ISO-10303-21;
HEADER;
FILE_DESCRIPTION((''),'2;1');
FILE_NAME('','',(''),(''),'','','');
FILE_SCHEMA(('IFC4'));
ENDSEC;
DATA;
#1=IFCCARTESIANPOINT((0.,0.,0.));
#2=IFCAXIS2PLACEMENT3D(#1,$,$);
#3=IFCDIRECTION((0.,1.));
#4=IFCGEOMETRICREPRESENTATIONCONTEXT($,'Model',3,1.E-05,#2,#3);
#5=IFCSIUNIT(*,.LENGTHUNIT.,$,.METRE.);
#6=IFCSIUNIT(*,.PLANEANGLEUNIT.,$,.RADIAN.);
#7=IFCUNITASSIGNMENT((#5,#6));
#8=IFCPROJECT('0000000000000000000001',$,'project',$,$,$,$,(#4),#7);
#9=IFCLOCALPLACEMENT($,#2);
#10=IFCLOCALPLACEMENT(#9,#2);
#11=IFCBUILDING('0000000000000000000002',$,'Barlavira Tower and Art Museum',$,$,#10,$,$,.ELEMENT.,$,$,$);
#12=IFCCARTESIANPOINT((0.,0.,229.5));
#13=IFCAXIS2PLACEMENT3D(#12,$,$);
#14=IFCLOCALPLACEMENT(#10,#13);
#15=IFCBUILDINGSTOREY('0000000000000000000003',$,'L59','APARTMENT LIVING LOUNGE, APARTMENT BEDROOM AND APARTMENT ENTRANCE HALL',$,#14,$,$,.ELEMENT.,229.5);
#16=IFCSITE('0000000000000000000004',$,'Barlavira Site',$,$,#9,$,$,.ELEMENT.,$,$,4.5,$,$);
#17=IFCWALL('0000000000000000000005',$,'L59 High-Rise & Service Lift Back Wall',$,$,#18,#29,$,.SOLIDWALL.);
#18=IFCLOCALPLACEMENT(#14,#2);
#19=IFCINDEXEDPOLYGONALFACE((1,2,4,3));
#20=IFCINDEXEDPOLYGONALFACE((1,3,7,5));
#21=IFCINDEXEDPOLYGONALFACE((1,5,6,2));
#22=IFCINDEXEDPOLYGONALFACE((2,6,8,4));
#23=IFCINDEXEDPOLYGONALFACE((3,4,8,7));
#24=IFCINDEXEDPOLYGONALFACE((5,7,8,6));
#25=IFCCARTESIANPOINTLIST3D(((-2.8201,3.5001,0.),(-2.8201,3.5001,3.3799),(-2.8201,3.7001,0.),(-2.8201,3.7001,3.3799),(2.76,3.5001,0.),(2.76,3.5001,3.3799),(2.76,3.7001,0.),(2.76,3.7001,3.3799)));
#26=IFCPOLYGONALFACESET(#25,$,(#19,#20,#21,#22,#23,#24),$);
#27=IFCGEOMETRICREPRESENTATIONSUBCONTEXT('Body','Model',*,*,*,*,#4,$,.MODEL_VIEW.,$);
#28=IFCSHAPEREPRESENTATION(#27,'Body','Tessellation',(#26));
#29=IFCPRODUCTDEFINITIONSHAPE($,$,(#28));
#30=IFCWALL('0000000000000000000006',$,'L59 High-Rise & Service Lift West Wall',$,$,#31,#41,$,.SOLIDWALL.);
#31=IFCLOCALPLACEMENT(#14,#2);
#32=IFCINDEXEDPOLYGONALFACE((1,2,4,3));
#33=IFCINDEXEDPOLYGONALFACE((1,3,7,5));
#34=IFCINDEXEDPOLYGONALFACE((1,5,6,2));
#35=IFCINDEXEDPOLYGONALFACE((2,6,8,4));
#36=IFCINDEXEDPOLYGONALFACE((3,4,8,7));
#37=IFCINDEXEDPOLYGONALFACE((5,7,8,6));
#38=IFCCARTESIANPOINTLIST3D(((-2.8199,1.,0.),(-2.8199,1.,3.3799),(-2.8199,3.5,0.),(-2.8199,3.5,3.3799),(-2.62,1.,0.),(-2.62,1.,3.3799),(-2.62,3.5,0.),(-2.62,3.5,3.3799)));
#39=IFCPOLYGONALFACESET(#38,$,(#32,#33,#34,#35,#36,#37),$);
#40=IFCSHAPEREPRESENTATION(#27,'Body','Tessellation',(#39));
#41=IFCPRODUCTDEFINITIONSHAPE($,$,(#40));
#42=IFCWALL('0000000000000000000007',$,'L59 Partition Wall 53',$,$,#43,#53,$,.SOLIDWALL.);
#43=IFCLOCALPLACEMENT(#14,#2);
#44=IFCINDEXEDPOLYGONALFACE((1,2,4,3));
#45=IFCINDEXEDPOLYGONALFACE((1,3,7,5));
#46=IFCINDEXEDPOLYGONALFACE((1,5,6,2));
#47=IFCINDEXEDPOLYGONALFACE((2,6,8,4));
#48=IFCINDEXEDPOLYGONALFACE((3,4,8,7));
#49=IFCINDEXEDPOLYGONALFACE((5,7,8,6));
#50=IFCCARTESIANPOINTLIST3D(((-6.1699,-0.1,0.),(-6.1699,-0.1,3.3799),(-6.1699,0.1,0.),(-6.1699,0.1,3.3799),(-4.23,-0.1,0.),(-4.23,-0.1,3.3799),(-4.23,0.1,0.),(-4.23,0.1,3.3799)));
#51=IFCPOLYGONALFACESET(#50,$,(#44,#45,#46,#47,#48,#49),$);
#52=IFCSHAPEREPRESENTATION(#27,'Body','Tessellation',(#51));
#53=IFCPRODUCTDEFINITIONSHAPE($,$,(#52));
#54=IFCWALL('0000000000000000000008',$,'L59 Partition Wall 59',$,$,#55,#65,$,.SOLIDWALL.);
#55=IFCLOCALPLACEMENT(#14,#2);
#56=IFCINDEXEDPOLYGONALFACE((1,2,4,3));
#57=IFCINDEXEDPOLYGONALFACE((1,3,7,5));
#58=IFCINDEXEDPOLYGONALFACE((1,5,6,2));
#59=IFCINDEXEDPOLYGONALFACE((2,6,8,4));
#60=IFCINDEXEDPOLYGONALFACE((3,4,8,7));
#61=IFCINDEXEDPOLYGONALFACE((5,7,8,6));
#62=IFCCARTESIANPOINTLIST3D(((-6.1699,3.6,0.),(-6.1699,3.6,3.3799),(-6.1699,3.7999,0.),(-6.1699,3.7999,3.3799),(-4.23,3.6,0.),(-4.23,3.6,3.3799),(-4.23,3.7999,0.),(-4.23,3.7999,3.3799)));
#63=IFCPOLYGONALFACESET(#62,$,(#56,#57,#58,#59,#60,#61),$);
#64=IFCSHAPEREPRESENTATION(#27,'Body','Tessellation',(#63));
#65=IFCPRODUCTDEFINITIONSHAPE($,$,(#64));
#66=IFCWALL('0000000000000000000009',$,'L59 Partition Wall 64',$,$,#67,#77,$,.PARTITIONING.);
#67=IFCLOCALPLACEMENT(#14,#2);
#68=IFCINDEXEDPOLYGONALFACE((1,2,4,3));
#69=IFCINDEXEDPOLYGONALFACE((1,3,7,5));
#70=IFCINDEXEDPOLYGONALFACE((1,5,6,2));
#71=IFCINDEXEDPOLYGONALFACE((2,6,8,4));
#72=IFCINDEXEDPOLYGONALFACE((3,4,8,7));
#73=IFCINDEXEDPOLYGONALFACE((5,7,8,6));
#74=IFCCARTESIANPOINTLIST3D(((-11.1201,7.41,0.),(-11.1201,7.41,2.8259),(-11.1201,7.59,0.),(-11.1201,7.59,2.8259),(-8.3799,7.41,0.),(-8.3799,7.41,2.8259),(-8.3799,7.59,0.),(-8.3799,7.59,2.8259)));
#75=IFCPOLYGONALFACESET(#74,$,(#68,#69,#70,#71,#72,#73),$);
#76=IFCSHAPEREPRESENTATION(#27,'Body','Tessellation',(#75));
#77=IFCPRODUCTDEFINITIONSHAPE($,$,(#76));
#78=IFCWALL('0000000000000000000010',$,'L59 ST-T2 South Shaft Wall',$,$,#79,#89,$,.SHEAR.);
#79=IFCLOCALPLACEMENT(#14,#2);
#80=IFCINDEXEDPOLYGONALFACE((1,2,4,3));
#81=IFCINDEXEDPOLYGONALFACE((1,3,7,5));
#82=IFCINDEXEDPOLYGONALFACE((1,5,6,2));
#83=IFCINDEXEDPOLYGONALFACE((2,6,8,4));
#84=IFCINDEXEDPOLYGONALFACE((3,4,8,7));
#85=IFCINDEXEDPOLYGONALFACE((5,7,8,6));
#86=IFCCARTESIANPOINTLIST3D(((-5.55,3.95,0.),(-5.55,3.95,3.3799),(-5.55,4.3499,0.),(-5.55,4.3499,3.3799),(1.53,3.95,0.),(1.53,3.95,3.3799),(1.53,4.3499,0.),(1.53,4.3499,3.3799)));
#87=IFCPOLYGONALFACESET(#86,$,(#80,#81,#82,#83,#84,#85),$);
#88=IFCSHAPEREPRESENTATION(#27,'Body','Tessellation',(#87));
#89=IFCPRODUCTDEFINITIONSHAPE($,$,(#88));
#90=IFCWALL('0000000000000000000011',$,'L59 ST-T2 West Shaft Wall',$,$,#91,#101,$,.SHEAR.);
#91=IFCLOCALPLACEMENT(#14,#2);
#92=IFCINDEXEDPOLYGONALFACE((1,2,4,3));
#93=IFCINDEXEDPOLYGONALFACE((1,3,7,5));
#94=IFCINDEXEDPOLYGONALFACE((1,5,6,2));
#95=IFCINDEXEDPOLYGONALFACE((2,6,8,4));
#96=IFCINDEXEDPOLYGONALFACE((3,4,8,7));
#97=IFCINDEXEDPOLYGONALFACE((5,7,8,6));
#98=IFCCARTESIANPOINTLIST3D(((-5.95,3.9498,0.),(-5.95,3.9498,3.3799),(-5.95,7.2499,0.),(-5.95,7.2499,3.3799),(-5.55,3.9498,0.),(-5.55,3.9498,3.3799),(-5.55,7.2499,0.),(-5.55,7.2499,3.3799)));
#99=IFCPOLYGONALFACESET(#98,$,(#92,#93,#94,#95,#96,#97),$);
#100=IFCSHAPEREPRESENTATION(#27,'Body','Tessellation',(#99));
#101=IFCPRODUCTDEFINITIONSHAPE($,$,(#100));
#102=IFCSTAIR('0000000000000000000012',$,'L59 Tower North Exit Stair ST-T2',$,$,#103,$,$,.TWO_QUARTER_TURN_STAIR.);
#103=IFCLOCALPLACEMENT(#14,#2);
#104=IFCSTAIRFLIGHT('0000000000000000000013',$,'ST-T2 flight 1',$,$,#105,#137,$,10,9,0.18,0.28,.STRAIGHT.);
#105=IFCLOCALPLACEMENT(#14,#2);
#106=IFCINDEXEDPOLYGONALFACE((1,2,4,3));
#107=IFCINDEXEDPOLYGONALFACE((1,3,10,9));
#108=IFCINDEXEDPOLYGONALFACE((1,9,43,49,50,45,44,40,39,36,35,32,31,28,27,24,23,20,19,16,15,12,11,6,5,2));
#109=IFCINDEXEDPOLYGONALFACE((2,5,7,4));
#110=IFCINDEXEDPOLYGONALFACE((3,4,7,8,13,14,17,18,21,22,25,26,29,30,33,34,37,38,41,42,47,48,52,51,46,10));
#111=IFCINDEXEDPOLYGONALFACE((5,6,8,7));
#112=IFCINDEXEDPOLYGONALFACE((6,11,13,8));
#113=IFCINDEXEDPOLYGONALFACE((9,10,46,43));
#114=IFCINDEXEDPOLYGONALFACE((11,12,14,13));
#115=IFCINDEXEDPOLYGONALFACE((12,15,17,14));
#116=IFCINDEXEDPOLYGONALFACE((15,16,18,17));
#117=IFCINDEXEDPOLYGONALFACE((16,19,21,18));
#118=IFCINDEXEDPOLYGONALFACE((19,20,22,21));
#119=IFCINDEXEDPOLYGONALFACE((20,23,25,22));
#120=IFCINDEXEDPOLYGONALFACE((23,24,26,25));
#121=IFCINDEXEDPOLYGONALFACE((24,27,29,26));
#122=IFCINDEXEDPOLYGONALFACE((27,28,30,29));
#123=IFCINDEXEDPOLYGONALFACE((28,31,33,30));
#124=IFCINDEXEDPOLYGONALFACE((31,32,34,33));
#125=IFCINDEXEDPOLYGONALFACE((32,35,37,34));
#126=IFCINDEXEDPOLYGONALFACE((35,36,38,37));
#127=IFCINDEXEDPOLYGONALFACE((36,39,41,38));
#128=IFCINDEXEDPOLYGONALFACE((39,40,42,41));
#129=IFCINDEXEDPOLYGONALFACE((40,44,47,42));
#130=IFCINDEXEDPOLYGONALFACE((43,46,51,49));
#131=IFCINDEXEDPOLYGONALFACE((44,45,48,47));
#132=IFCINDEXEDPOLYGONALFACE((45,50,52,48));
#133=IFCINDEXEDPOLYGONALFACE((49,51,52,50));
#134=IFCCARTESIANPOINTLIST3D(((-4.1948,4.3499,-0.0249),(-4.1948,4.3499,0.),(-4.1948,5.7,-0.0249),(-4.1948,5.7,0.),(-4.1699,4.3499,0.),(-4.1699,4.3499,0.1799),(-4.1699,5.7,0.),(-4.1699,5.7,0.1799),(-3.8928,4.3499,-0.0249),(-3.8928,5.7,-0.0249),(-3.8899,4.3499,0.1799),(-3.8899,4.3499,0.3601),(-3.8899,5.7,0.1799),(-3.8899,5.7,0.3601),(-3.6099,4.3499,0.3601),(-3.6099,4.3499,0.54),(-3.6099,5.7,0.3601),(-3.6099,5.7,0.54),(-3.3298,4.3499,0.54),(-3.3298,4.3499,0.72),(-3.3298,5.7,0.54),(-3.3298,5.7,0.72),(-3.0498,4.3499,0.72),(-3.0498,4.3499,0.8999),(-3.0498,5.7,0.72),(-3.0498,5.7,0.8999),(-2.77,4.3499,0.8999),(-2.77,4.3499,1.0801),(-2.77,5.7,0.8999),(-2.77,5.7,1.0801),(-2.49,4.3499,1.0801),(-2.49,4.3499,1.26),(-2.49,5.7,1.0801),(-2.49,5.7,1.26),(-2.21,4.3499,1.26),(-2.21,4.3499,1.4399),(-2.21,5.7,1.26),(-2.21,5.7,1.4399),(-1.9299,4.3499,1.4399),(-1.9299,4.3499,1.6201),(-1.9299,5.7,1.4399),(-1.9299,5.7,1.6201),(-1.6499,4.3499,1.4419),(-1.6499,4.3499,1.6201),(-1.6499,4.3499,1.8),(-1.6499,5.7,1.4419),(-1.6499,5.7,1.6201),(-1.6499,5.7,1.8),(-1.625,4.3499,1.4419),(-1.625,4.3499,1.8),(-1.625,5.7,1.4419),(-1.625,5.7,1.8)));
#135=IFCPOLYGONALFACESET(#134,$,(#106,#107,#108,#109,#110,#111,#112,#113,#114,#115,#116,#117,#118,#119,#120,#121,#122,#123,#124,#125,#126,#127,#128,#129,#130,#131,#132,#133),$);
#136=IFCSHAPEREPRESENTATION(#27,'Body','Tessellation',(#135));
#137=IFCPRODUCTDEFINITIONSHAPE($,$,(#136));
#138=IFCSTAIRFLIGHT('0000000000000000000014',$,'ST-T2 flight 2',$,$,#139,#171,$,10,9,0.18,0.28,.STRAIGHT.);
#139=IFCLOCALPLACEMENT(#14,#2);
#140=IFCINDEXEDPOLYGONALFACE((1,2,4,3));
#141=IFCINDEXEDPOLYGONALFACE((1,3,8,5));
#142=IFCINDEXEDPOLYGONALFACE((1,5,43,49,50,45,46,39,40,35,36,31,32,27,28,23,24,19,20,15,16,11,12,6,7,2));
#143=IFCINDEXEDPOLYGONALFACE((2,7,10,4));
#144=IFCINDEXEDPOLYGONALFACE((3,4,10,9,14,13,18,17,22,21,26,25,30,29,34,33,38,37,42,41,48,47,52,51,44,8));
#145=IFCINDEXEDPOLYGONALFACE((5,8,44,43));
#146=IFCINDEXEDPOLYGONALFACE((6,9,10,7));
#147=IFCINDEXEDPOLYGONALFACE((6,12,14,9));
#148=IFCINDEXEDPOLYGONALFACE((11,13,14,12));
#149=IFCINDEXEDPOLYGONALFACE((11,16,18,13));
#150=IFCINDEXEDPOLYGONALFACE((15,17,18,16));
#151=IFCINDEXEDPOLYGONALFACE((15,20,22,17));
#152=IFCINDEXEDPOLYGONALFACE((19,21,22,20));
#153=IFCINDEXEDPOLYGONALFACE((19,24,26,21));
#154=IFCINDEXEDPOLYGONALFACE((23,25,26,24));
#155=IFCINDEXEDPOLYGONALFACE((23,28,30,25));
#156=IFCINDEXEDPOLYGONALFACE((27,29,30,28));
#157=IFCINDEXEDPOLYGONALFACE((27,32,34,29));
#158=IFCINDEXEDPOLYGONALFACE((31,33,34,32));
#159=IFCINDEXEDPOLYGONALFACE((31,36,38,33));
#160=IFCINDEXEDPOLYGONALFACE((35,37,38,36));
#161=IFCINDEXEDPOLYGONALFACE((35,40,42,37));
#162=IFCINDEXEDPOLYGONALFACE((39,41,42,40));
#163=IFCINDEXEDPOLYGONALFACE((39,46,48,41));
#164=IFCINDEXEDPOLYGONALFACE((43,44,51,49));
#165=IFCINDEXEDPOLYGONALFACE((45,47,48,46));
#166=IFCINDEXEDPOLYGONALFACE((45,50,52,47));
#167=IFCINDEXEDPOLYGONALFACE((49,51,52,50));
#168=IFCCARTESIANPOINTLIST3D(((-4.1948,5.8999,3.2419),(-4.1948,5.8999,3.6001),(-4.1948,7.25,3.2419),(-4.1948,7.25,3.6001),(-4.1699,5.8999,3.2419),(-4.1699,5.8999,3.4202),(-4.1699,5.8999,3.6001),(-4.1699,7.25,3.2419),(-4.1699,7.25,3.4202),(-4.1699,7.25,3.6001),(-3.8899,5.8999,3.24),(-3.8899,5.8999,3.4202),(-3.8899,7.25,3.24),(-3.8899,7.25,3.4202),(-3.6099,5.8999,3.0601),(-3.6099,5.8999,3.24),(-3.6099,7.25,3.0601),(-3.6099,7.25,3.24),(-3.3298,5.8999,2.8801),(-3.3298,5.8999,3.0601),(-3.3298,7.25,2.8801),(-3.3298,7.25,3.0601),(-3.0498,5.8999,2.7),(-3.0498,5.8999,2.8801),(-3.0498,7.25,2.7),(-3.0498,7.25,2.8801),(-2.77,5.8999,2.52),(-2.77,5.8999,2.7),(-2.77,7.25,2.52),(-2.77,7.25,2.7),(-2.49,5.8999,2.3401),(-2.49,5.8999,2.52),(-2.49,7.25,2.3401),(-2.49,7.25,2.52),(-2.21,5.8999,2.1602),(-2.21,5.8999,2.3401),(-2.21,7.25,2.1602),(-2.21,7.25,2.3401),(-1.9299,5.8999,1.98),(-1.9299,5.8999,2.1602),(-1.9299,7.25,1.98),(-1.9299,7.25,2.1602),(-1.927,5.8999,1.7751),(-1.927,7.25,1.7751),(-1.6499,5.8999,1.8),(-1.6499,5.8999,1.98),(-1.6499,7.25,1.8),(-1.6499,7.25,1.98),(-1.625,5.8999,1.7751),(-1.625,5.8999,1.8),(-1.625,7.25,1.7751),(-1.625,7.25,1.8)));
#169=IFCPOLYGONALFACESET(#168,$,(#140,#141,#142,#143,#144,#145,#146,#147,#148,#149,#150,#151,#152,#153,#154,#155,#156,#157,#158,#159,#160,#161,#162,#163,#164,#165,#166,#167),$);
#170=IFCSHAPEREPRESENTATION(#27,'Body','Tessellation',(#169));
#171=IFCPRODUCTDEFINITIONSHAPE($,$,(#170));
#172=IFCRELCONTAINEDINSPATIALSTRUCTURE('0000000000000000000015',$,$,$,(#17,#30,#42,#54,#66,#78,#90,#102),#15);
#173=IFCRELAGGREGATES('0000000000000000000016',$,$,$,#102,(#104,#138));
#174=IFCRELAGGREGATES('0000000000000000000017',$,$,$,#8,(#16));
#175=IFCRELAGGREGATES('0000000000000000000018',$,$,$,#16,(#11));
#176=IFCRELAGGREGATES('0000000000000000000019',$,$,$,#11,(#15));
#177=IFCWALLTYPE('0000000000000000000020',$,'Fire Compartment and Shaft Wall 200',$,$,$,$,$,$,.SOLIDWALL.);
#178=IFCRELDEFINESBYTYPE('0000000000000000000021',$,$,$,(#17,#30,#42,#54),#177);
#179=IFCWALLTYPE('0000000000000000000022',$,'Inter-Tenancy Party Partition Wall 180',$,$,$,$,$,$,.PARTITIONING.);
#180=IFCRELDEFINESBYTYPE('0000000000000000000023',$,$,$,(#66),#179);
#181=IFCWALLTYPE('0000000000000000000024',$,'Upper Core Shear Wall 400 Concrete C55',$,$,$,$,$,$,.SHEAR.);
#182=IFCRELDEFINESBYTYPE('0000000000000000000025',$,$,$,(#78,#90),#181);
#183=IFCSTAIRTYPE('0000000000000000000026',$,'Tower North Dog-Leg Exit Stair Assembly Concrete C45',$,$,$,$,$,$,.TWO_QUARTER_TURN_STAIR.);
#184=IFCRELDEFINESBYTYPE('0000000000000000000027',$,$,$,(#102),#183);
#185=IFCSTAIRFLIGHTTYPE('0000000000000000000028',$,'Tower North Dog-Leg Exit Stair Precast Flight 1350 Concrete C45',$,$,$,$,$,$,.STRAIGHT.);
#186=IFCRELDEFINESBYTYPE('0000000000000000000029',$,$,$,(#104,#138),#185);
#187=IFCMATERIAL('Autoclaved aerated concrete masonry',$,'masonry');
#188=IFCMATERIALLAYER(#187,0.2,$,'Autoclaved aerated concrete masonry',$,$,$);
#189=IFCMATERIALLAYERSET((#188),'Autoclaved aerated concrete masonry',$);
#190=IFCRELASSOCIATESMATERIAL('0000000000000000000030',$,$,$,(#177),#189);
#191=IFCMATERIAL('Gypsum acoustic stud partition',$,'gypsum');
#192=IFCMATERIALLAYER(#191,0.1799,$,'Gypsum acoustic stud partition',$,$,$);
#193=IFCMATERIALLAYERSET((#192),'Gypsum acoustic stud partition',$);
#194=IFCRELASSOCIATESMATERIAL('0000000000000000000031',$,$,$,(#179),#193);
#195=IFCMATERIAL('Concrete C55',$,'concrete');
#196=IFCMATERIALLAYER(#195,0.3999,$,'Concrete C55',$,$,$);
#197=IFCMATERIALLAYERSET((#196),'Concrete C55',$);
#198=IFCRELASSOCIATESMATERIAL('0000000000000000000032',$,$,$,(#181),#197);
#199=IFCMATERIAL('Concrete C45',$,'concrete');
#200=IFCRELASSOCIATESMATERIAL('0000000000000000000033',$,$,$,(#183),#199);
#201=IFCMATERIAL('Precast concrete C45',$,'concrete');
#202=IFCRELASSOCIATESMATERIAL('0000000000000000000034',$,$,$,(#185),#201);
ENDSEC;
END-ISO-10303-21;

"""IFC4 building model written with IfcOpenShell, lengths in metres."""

from ifc_helpers import new_model, si_unit, direction, frame, frame_2d, origin, place, context, subcontext, project, spatial, polyline, rectangle, outline, extrude, material, layer, layer_set, type_object, element, aggregate, save


model = new_model("IFC4")

# Units and contexts
model_context = context("Model", 3, precision=1e-05, world=origin(), true_north=direction((0.0, 1.0)))
body_context = subcontext(model_context, "Body", "Model", "MODEL_VIEW")
ifc_project = project(units=[si_unit("LENGTHUNIT", "METRE"), si_unit("PLANEANGLEUNIT", "RADIAN")], contexts=[model_context])

# Site, building, storey
site_placement = place(None, origin())
site = spatial("IfcSite", under=ifc_project, at=site_placement, Name="Barlavira Site", CompositionType="ELEMENT", RefElevation=4.5)
building_placement = place(site_placement, origin())
building = spatial("IfcBuilding", under=site, at=building_placement, Name="Barlavira Tower and Art Museum", CompositionType="ELEMENT")
storey_placement = place(building_placement, frame((0.0, 0.0, 229.5)))
storey = spatial("IfcBuildingStorey", under=building, at=storey_placement, Name="L59", Description="APARTMENT LIVING LOUNGE, APARTMENT BEDROOM AND APARTMENT ENTRANCE HALL", CompositionType="ELEMENT", Elevation=229.5)

# Shared definitions
ifc_material_1 = material(Name="Concrete C45", Category="concrete")

# Shared definitions
ifc_material_2 = material(Name="Gypsum acoustic stud partition", Category="gypsum")

# Shared definitions
ifc_material_3 = material(Name="Autoclaved aerated concrete masonry", Category="masonry")
ifc_layer_1 = layer(ifc_material_3, 0.2, Name="Autoclaved aerated concrete masonry")
ifc_layer_set_1 = layer_set([ifc_layer_1], Name="Autoclaved aerated concrete masonry")
wall_type_1 = type_object("IfcWallType", Name="Fire Compartment and Shaft Wall 200", PredefinedType="SOLIDWALL", material=ifc_layer_set_1)

# Walls
wall_1_placement = place(storey_placement, frame((-2.8201, 3.6001, 0.0), z_axis=(0.0, 0.0, 1.0), x_axis=(1.0, 0.0, 0.0)))
element("IfcWall", 1, at=wall_1_placement, inside=storey, type_object=wall_type_1, Name="L59 High-Rise & Service Lift Back Wall", PredefinedType="SOLIDWALL", context=body_context, shape_type="SweptSolid", body=[
    extrude(rectangle(XDim=5.5801, YDim=0.2, at=frame_2d((2.79, 0.0))), origin(), (0.0, 0.0, 1.0), 3.3799),
])
wall_2_placement = place(storey_placement, frame((-2.72, 1.0, 0.0), z_axis=(0.0, 0.0, 1.0), x_axis=(0.0, 1.0, 0.0)))
element("IfcWall", 2, at=wall_2_placement, inside=storey, type_object=wall_type_1, Name="L59 High-Rise & Service Lift West Wall", PredefinedType="SOLIDWALL", context=body_context, shape_type="SweptSolid", body=[
    extrude(rectangle(XDim=2.5, YDim=0.2, at=frame_2d((1.25, 0.0))), origin(), (0.0, 0.0, 1.0), 3.3799),
])
for number, where, z_axis, x_axis, name in (
    (3, (-6.1699, 0.0, 0.0), (0.0, 0.0, 1.0), (1.0, 0.0, 0.0), "L59 Partition Wall 53"),
    (4, (-6.1699, 3.7, 0.0), (0.0, 0.0, 1.0), (1.0, 0.0, 0.0), "L59 Partition Wall 59"),
):
    element("IfcWall", number, at=place(storey_placement, frame(where, z_axis=z_axis, x_axis=x_axis)), inside=storey, type_object=wall_type_1, Name=name, PredefinedType="SOLIDWALL", context=body_context, shape_type="SweptSolid", body=[
        extrude(rectangle(XDim=1.9399, YDim=0.2, at=frame_2d((0.97, 0.0))), origin(), (0.0, 0.0, 1.0), 3.3799),
    ])
ifc_layer_2 = layer(ifc_material_2, 0.1799, Name="Gypsum acoustic stud partition")
ifc_layer_set_2 = layer_set([ifc_layer_2], Name="Gypsum acoustic stud partition")
wall_type_2 = type_object("IfcWallType", Name="Inter-Tenancy Party Partition Wall 180", PredefinedType="PARTITIONING", material=ifc_layer_set_2)
wall_3_placement = place(storey_placement, frame((-11.1201, 7.5, 0.0), z_axis=(0.0, 0.0, 1.0), x_axis=(1.0, 0.0, 0.0)))
element("IfcWall", 5, at=wall_3_placement, inside=storey, type_object=wall_type_2, Name="L59 Partition Wall 64", PredefinedType="PARTITIONING", context=body_context, shape_type="SweptSolid", body=[
    extrude(rectangle(XDim=2.7402, YDim=0.1799, at=frame_2d((1.3701, 0.0))), origin(), (0.0, 0.0, 1.0), 2.8259),
])
ifc_material_4 = material(Name="Concrete C55", Category="concrete")
ifc_layer_3 = layer(ifc_material_4, 0.3999, Name="Concrete C55")
ifc_layer_set_3 = layer_set([ifc_layer_3], Name="Concrete C55")
wall_type_3 = type_object("IfcWallType", Name="Upper Core Shear Wall 400 Concrete C55", PredefinedType="SHEAR", material=ifc_layer_set_3)
wall_4_placement = place(storey_placement, frame((-5.55, 4.1499, 0.0), z_axis=(0.0, 0.0, 1.0), x_axis=(1.0, 0.0, 0.0)))
element("IfcWall", 6, at=wall_4_placement, inside=storey, type_object=wall_type_3, Name="L59 ST-T2 South Shaft Wall", PredefinedType="SHEAR", context=body_context, shape_type="SweptSolid", body=[
    extrude(rectangle(XDim=7.0801, YDim=0.3999, at=frame_2d((3.54, 0.0))), origin(), (0.0, 0.0, 1.0), 3.3799),
])
wall_5_placement = place(storey_placement, frame((-5.75, 3.95, 0.0), z_axis=(0.0, 0.0, 1.0), x_axis=(0.0, 1.0, 0.0)))
element("IfcWall", 7, at=wall_5_placement, inside=storey, type_object=wall_type_3, Name="L59 ST-T2 West Shaft Wall", PredefinedType="SHEAR", context=body_context, shape_type="SweptSolid", body=[
    extrude(rectangle(XDim=3.3, YDim=0.3999, at=frame_2d((1.6499, 0.0))), origin(), (0.0, 0.0, 1.0), 3.3799),
])

# Stair, stair flights
stair_type_1 = type_object("IfcStairType", Name="Tower North Dog-Leg Exit Stair Assembly Concrete C45", PredefinedType="TWO_QUARTER_TURN_STAIR", material=ifc_material_1)
stair_1_placement = place(storey_placement, origin())
stair_1 = element("IfcStair", 8, at=stair_1_placement, inside=storey, type_object=stair_type_1, Name="L59 Tower North Exit Stair ST-T2", PredefinedType="TWO_QUARTER_TURN_STAIR")
ifc_material_5 = material(Name="Precast concrete C45", Category="concrete")
stair_flight_type = type_object("IfcStairFlightType", Name="Tower North Dog-Leg Exit Stair Precast Flight 1350 Concrete C45", PredefinedType="STRAIGHT", material=ifc_material_5)
stair_flight_1_placement = place(storey_placement, frame((-4.1699, 5.0249, 0.0), z_axis=(0.0, 0.0, 1.0), x_axis=(1.0, 0.0, 0.0)))
stair_flight_1 = element("IfcStairFlight", 9, at=stair_flight_1_placement, type_object=stair_flight_type, Name="ST-T2 flight 1", NumberOfRisers=10, NumberOfTreads=9, PredefinedType="STRAIGHT", RiserHeight=0.18, TreadLength=0.28, context=body_context, shape_type="SweptSolid", body=[
    extrude(outline(polyline([(-0.0249, 0.0), (0.0, 0.0), (0.0, 0.1799), (0.28, 0.1799), (0.28, 0.3601), (0.5601, 0.3601), (0.5601, 0.54), (0.8401, 0.54), (0.8401, 0.72), (1.1201, 0.72), (1.1201, 0.8999), (1.3999, 0.8999), (1.3999, 1.0801), (1.6799, 1.0801), (1.6799, 1.26), (1.96, 1.26), (1.96, 1.4399), (2.24, 1.4399), (2.24, 1.6201), (2.52, 1.6201), (2.52, 1.8), (2.5449, 1.8), (2.5449, 1.4419), (2.52, 1.4419), (0.2771, -0.0249), (-0.0249, -0.0249), (-0.0249, 0.0)])), frame((0.0, 0.675, 0.0), z_axis=(0.0, -1.0, 0.0), x_axis=(1.0, 0.0, 0.0)), (0.0, 0.0, 1.0), 1.3501),
])
stair_flight_2_placement = place(storey_placement, frame((-1.6499, 6.575, 1.8), z_axis=(0.0, 0.0, 1.0), x_axis=(-1.0, 0.0, 0.0)))
stair_flight_2 = element("IfcStairFlight", 10, at=stair_flight_2_placement, type_object=stair_flight_type, Name="ST-T2 flight 2", NumberOfRisers=10, NumberOfTreads=9, PredefinedType="STRAIGHT", RiserHeight=0.18, TreadLength=0.28, context=body_context, shape_type="SweptSolid", body=[
    extrude(outline(polyline([(-0.0249, 0.0), (0.0, 0.0), (0.0, 0.1799), (0.28, 0.1799), (0.28, 0.3601), (0.5601, 0.3601), (0.5601, 0.54), (0.8401, 0.54), (0.8401, 0.72), (1.1201, 0.72), (1.1201, 0.8999), (1.3999, 0.8999), (1.3999, 1.0801), (1.6799, 1.0801), (1.6799, 1.26), (1.96, 1.26), (1.96, 1.4399), (2.24, 1.4399), (2.24, 1.6201), (2.52, 1.6201), (2.52, 1.8), (2.5449, 1.8), (2.5449, 1.4419), (2.52, 1.4419), (0.2771, -0.0249), (-0.0249, -0.0249), (-0.0249, 0.0)])), frame((0.0, 0.675, 0.0), z_axis=(0.0, -1.0, 0.0), x_axis=(1.0, 0.0, 0.0)), (0.0, 0.0, 1.0), 1.3501),
])
aggregate(stair_1, [stair_flight_1, stair_flight_2])

save(model, "model.ifc")
